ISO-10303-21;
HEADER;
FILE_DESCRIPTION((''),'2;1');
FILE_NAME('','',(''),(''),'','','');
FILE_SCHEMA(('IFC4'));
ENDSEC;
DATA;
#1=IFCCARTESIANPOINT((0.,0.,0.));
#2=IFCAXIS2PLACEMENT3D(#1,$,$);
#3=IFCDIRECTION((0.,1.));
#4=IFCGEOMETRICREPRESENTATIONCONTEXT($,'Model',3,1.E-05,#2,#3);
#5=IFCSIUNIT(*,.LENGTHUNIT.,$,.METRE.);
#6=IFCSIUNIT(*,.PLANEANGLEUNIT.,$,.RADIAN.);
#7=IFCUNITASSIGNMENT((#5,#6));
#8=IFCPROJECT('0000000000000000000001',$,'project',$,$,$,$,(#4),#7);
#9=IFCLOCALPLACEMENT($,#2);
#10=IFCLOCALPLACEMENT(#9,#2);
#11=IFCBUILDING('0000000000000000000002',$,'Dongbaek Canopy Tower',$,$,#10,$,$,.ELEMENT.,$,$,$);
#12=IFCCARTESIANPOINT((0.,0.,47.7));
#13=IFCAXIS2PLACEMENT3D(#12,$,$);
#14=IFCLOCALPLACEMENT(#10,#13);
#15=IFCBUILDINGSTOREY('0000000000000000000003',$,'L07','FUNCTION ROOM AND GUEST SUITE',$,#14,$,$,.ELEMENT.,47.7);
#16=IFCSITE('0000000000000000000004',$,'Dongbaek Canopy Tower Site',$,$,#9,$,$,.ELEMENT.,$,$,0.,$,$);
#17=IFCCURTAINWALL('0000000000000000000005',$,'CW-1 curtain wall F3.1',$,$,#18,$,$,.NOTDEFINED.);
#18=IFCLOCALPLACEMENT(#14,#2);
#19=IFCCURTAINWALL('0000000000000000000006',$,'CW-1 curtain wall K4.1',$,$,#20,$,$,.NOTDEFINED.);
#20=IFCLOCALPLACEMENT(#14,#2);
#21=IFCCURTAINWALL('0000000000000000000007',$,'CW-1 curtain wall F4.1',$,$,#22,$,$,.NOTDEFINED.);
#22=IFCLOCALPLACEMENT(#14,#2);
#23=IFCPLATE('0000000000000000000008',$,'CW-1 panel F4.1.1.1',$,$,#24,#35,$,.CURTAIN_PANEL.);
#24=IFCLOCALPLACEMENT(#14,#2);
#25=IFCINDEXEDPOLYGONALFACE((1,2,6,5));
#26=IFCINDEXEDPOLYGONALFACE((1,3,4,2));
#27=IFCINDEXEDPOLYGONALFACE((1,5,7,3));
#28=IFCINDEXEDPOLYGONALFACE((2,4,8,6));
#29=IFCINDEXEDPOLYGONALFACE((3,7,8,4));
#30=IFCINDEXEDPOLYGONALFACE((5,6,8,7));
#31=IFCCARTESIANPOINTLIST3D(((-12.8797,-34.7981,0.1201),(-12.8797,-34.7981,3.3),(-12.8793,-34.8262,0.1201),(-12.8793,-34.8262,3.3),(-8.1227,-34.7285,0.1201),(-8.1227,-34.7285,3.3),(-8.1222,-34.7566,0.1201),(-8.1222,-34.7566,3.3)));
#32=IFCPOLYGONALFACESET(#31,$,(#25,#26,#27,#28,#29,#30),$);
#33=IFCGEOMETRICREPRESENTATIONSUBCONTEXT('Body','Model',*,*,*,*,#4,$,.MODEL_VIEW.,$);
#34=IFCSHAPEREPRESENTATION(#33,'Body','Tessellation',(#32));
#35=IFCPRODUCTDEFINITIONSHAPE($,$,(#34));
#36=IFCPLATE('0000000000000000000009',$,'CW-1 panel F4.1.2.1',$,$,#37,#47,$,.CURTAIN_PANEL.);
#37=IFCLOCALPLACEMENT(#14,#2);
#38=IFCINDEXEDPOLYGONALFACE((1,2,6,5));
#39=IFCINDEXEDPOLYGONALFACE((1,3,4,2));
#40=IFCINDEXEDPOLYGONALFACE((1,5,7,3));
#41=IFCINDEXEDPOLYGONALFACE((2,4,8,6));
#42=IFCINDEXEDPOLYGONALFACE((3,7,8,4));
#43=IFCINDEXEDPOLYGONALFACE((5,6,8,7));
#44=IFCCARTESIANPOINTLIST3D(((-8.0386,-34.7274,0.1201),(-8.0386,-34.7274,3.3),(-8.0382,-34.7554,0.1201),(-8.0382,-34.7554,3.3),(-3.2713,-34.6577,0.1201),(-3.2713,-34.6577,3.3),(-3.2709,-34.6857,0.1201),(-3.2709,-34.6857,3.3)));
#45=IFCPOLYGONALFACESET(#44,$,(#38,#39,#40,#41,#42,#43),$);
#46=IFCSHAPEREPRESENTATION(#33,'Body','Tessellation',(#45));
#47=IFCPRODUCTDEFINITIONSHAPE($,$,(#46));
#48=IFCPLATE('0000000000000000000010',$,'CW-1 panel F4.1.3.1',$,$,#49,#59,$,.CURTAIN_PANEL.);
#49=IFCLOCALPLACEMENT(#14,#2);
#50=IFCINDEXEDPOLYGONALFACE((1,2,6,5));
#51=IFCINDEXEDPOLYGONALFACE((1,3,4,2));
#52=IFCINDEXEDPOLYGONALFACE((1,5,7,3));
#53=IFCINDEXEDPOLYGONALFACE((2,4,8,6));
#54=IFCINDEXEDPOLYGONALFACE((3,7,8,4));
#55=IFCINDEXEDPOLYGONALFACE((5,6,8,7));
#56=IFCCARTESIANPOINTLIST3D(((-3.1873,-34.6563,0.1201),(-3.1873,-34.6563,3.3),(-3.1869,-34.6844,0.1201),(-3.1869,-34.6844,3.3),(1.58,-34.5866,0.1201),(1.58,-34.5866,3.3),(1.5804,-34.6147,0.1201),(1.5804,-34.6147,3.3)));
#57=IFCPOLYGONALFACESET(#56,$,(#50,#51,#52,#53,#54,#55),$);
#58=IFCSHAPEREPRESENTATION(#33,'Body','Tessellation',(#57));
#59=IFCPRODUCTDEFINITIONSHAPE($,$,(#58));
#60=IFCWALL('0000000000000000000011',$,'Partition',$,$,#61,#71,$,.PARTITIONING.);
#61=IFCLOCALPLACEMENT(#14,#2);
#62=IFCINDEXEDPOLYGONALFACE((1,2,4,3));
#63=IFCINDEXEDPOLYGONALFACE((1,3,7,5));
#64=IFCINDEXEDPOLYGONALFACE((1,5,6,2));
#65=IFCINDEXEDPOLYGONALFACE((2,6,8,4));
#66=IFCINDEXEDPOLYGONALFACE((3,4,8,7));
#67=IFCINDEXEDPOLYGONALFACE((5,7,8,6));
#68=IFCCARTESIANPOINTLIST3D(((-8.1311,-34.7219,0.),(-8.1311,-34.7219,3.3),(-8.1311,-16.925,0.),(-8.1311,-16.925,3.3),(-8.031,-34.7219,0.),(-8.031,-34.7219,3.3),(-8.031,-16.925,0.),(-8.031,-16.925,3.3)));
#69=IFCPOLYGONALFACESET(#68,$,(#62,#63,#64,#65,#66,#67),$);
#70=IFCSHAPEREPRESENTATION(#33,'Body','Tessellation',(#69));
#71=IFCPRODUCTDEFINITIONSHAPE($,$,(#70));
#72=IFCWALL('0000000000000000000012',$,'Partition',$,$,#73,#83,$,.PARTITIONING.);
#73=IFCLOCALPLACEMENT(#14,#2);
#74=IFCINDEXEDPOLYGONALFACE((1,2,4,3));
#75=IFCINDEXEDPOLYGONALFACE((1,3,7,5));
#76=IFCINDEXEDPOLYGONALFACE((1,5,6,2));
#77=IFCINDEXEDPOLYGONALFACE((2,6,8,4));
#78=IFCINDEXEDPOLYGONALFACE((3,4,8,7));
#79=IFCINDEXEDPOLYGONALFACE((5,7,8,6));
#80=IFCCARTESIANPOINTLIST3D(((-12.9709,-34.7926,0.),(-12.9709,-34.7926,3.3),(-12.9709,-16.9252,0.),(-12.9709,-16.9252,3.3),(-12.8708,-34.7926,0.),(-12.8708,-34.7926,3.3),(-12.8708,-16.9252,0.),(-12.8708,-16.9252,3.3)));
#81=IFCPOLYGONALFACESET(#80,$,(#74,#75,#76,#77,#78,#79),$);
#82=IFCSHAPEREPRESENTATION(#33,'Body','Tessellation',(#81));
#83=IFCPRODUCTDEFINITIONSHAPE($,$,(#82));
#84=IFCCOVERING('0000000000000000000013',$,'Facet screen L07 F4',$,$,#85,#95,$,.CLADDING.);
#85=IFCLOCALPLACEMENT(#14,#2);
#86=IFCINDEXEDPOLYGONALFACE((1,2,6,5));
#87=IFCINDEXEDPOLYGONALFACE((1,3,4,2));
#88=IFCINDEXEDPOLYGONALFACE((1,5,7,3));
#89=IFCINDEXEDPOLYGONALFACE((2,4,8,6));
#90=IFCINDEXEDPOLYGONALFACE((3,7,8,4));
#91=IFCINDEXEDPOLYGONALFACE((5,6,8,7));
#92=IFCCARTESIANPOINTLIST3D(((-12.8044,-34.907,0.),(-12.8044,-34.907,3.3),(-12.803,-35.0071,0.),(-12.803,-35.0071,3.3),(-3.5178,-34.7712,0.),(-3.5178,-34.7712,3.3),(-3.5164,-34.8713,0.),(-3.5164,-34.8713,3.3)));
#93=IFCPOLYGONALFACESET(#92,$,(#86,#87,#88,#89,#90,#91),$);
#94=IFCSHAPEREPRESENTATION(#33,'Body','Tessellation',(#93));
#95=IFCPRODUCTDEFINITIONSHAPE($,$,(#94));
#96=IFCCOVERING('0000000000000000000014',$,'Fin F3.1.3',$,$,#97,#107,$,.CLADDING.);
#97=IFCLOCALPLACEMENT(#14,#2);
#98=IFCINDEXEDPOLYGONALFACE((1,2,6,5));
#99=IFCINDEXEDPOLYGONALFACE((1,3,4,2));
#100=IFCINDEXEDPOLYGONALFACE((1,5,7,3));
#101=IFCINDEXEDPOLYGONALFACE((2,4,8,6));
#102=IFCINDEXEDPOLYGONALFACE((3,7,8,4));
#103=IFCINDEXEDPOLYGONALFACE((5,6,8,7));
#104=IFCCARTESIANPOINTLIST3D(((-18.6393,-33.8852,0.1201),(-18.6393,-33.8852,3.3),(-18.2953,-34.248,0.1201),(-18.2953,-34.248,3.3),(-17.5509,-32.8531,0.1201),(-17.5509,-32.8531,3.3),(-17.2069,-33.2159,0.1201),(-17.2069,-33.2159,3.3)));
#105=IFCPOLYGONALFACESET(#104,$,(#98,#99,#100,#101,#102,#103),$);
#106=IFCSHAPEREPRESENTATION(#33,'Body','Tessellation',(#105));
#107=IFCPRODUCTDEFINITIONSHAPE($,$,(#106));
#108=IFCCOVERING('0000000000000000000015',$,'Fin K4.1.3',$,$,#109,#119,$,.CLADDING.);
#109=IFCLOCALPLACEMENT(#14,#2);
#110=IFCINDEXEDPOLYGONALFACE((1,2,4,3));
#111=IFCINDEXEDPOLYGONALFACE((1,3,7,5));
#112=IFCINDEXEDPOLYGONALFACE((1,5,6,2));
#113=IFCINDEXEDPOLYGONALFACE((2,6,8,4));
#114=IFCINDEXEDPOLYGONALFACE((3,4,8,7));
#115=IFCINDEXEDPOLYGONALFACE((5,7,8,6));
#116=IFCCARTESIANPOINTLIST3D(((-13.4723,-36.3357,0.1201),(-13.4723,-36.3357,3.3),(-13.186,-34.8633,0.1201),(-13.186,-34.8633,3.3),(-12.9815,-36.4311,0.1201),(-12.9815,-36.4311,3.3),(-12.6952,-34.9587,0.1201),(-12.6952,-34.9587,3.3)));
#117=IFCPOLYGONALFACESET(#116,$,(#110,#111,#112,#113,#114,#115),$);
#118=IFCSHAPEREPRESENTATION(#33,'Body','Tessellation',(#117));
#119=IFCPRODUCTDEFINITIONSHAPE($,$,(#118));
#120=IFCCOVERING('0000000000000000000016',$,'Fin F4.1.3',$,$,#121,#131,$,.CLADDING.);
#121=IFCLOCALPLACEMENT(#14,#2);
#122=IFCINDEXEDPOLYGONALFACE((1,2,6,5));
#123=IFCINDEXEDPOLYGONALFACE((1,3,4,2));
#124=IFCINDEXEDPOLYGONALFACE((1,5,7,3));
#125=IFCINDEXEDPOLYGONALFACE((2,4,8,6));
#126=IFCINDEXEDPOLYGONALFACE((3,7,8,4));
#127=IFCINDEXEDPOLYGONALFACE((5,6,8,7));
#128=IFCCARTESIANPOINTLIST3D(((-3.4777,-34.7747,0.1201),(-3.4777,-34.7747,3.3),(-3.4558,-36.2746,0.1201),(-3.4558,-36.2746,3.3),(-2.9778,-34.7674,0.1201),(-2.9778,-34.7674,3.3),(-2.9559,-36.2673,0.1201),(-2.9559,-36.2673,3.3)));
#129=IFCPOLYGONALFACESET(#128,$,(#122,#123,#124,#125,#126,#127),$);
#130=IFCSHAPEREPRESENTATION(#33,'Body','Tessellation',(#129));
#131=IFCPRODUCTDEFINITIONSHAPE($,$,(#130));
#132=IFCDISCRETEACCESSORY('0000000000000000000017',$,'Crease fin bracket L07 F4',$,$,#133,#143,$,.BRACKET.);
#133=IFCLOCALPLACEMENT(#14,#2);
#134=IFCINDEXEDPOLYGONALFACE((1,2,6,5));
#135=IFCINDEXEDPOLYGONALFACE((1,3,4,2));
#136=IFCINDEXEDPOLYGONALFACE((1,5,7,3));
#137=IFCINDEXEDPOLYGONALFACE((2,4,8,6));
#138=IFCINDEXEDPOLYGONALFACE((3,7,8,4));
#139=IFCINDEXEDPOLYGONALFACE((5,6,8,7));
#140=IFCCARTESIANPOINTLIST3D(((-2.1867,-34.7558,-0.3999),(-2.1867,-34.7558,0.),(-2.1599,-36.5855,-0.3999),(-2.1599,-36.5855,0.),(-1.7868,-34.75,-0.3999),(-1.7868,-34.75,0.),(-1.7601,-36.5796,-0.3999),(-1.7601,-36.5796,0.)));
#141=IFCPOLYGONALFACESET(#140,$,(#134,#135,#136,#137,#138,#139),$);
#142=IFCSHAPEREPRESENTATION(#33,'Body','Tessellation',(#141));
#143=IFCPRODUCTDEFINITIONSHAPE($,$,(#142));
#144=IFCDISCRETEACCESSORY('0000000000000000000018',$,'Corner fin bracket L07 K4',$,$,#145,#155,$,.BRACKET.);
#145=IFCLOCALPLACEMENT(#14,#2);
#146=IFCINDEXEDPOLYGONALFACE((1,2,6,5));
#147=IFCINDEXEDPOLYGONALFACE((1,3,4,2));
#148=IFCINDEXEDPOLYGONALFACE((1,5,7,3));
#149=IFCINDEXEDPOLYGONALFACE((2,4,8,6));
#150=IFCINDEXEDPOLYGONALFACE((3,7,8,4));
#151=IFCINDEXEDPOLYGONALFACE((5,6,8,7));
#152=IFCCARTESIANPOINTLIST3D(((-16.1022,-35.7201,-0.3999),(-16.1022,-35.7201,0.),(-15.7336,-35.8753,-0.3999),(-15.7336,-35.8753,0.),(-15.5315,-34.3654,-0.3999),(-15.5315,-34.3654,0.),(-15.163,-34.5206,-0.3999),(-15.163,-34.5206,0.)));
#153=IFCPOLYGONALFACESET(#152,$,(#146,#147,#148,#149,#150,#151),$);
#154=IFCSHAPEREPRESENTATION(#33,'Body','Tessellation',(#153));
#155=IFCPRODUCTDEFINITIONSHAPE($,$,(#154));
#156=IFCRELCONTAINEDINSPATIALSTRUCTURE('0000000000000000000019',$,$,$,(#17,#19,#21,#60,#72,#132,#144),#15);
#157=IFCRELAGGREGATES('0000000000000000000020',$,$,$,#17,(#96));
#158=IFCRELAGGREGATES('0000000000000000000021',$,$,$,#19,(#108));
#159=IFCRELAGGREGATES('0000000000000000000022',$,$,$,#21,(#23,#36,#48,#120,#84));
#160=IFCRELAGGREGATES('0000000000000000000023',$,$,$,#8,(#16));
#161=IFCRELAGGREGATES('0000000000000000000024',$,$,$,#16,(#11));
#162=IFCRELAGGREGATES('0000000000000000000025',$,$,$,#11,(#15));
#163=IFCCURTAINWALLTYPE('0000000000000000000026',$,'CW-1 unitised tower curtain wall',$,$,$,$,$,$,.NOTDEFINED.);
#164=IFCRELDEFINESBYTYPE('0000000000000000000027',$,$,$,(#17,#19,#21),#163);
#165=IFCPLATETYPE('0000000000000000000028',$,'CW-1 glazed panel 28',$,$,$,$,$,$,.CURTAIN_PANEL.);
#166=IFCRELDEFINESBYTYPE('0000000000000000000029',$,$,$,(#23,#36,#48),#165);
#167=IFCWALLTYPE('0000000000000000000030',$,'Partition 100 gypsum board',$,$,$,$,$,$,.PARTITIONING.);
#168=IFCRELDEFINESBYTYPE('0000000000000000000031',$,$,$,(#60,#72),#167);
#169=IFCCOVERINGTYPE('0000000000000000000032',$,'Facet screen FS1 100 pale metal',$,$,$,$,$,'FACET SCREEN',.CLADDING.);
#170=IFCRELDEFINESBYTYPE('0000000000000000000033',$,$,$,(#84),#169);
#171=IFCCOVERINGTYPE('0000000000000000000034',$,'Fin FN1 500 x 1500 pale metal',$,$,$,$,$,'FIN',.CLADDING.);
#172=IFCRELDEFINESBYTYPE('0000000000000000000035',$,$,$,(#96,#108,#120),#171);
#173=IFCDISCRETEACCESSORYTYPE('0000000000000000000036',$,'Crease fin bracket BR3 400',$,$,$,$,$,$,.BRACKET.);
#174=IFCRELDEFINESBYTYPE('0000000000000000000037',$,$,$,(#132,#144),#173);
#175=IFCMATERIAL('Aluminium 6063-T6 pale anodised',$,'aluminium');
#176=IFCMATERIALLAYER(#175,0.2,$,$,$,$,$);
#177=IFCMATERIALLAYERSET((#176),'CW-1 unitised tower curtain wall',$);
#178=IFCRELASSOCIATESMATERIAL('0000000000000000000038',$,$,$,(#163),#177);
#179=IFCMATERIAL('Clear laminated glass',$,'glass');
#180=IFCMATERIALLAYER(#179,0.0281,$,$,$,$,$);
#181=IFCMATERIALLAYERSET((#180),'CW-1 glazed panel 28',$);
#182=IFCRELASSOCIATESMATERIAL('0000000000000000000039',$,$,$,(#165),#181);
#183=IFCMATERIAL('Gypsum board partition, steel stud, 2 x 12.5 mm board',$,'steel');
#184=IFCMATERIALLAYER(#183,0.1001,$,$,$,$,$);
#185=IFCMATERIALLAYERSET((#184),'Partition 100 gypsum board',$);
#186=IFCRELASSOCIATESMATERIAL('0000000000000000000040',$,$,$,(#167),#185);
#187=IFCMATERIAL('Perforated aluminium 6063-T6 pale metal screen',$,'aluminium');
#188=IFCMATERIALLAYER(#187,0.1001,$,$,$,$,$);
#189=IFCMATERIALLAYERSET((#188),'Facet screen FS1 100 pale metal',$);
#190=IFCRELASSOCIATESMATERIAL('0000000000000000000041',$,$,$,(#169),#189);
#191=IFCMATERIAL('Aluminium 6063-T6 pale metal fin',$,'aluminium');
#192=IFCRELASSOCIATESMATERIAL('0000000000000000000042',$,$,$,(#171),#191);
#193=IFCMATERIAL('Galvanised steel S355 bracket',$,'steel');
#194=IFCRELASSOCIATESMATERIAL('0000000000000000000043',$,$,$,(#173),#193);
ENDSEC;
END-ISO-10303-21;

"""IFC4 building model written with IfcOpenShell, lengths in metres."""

from ifc_helpers import new_model, si_unit, direction, frame, frame_2d, origin, origin_2d, place, context, subcontext, project, spatial, rectangle, extrude, material, layer, layer_set, material_profile, profile_set, type_object, element, aggregate, save


model = new_model("IFC4")

# Units and contexts
model_context = context("Model", 3, precision=1e-05, world=origin(), true_north=direction((0.0, 1.0)))
body_context = subcontext(model_context, "Body", "Model", "MODEL_VIEW")
ifc_project = project(units=[si_unit("LENGTHUNIT", "METRE"), si_unit("PLANEANGLEUNIT", "RADIAN")], contexts=[model_context])

# Site, building, storey
site_placement = place(None, origin())
site = spatial("IfcSite", under=ifc_project, at=site_placement, Name="Dongbaek Canopy Tower Site", CompositionType="ELEMENT", RefElevation=0.0)
building_placement = place(site_placement, origin())
building = spatial("IfcBuilding", under=site, at=building_placement, Name="Dongbaek Canopy Tower", CompositionType="ELEMENT")
storey_placement = place(building_placement, frame((0.0, 0.0, 47.7)))
storey = spatial("IfcBuildingStorey", under=building, at=storey_placement, Name="L07", Description="FUNCTION ROOM AND GUEST SUITE", CompositionType="ELEMENT", Elevation=47.7)

# Curtain wall
ifc_material_1 = material(Name="Aluminium 6063-T6 pale anodised", Category="aluminium")
ifc_layer_1 = layer(ifc_material_1, 0.2)
ifc_layer_set_1 = layer_set([ifc_layer_1], Name="CW-1 unitised tower curtain wall")
curtain_wall_type = type_object("IfcCurtainWallType", Name="CW-1 unitised tower curtain wall", PredefinedType="NOTDEFINED", material=ifc_layer_set_1)
curtain_wall_1_placement = place(storey_placement, origin())
curtain_wall_1 = element("IfcCurtainWall", 1, at=curtain_wall_1_placement, inside=storey, type_object=curtain_wall_type, Name="CW-1 curtain wall F3.1", PredefinedType="NOTDEFINED")

# Curtain walls
curtain_wall_2_placement = place(storey_placement, origin())
curtain_wall_2 = element("IfcCurtainWall", 2, at=curtain_wall_2_placement, inside=storey, type_object=curtain_wall_type, Name="CW-1 curtain wall K4.1", PredefinedType="NOTDEFINED")
curtain_wall_3_placement = place(storey_placement, origin())
curtain_wall_3 = element("IfcCurtainWall", 3, at=curtain_wall_3_placement, inside=storey, type_object=curtain_wall_type, Name="CW-1 curtain wall F4.1", PredefinedType="NOTDEFINED")

# Plates
ifc_material_2 = material(Name="Clear laminated glass", Category="glass")
ifc_layer_2 = layer(ifc_material_2, 0.0281)
ifc_layer_set_2 = layer_set([ifc_layer_2], Name="CW-1 glazed panel 28")
plate_type = type_object("IfcPlateType", Name="CW-1 glazed panel 28", PredefinedType="CURTAIN_PANEL", material=ifc_layer_set_2)
plate_1_placement = place(storey_placement, frame((-10.501, -34.7773, 0.1201), z_axis=(0.0, 0.0, 1.0), x_axis=(0.999893, 0.014619, 0.0)))
plate_1 = element("IfcPlate", 4, at=plate_1_placement, type_object=plate_type, Name="CW-1 panel F4.1.1.1", PredefinedType="CURTAIN_PANEL", context=body_context, shape_type="SweptSolid", body=[
    extrude(rectangle(XDim=4.7576, YDim=0.0281, at=origin_2d()), origin(), (0.0, 0.0, 1.0), 3.1799),
])
plate_2_placement = place(storey_placement, frame((-5.6548, -34.7065, 0.1201), z_axis=(0.0, 0.0, 1.0), x_axis=(0.999893, 0.014619, 0.0)))
plate_2 = element("IfcPlate", 5, at=plate_2_placement, type_object=plate_type, Name="CW-1 panel F4.1.2.1", PredefinedType="CURTAIN_PANEL", context=body_context, shape_type="SweptSolid", body=[
    extrude(rectangle(XDim=4.7678, YDim=0.0281, at=origin_2d()), origin(), (0.0, 0.0, 1.0), 3.1799),
])
plate_3_placement = place(storey_placement, frame((-0.8035, -34.6355, 0.1201), z_axis=(0.0, 0.0, 1.0), x_axis=(0.999893, 0.014619, 0.0)))
plate_3 = element("IfcPlate", 6, at=plate_3_placement, type_object=plate_type, Name="CW-1 panel F4.1.3.1", PredefinedType="CURTAIN_PANEL", context=body_context, shape_type="SweptSolid", body=[
    extrude(rectangle(XDim=4.7678, YDim=0.0281, at=origin_2d()), origin(), (0.0, 0.0, 1.0), 3.1799),
])

# Walls
ifc_material_3 = material(Name="Gypsum board partition, steel stud, 2 x 12.5 mm board", Category="steel")
ifc_layer_3 = layer(ifc_material_3, 0.1001)
ifc_layer_set_3 = layer_set([ifc_layer_3], Name="Partition 100 gypsum board")
wall_type = type_object("IfcWallType", Name="Partition 100 gypsum board", PredefinedType="PARTITIONING", material=ifc_layer_set_3)
wall_1_placement = place(storey_placement, frame((-8.0811, -34.7219, 0.0), z_axis=(0.0, 0.0, 1.0), x_axis=(0.0, 1.0, 0.0)))
element("IfcWall", 7, at=wall_1_placement, inside=storey, type_object=wall_type, Name="Partition", PredefinedType="PARTITIONING", context=body_context, shape_type="SweptSolid", body=[
    extrude(rectangle(XDim=17.7969, YDim=0.1001, at=frame_2d((8.8984, 0.0))), origin(), (0.0, 0.0, 1.0), 3.3),
])
wall_2_placement = place(storey_placement, frame((-12.9209, -34.7925, 0.0), z_axis=(0.0, 0.0, 1.0), x_axis=(0.0, 1.0, 0.0)))
element("IfcWall", 8, at=wall_2_placement, inside=storey, type_object=wall_type, Name="Partition", PredefinedType="PARTITIONING", context=body_context, shape_type="SweptSolid", body=[
    extrude(rectangle(XDim=17.8674, YDim=0.1001, at=frame_2d((8.9336, 0.0))), origin(), (0.0, 0.0, 1.0), 3.3),
])

# Coverings
ifc_material_4 = material(Name="Perforated aluminium 6063-T6 pale metal screen", Category="aluminium")
ifc_layer_4 = layer(ifc_material_4, 0.1001)
ifc_layer_set_4 = layer_set([ifc_layer_4], Name="Facet screen FS1 100 pale metal")
covering_type_1 = type_object("IfcCoveringType", Name="Facet screen FS1 100 pale metal", ElementType="FACET SCREEN", PredefinedType="CLADDING", material=ifc_layer_set_4)
covering_1_placement = place(storey_placement, frame((-8.1604, -34.8892, 0.0), z_axis=(0.0, 0.0, 1.0), x_axis=(0.999893, 0.014618, 0.0)))
covering_1 = element("IfcCovering", 9, at=covering_1_placement, type_object=covering_type_1, Name="Facet screen L07 F4", PredefinedType="CLADDING", context=body_context, shape_type="SweptSolid", body=[
    extrude(rectangle(XDim=9.2876, YDim=0.1001, at=origin_2d()), origin(), (0.0, 0.0, 1.0), 3.3),
])
ifc_material_5 = material(Name="Aluminium 6063-T6 pale metal fin", Category="aluminium")
ifc_material_profile_1 = material_profile(ifc_material_5, rectangle(XDim=1.5, YDim=0.5, at=origin_2d()), Name="Fin FN1 500 x 1500 pale metal")
ifc_profile_set_1 = profile_set([ifc_material_profile_1], Name="Aluminium 6063-T6 pale metal fin")
covering_type_2 = type_object("IfcCoveringType", Name="Fin FN1 500 x 1500 pale metal", ElementType="FIN", PredefinedType="CLADDING", material=ifc_profile_set_1)
covering_2_placement = place(storey_placement, frame((-17.9231, -33.5505, 0.1201), z_axis=(0.0, 0.0, 1.0), x_axis=(-0.725627, -0.688089, 0.0)))
covering_2 = element("IfcCovering", 10, at=covering_2_placement, type_object=covering_type_2, Name="Fin F3.1.3", PredefinedType="CLADDING", context=body_context, shape_type="SweptSolid", body=[
    extrude(rectangle(XDim=1.5, YDim=0.5, at=origin_2d()), origin(), (0.0, 0.0, 1.0), 3.1799),
])
aggregate(curtain_wall_1, [covering_2])
covering_3_placement = place(storey_placement, frame((-13.0837, -35.6472, 0.1201), z_axis=(0.0, 0.0, 1.0), x_axis=(-0.190844, -0.98162, 0.0)))
covering_3 = element("IfcCovering", 11, at=covering_3_placement, type_object=covering_type_2, Name="Fin K4.1.3", PredefinedType="CLADDING", context=body_context, shape_type="SweptSolid", body=[
    extrude(rectangle(XDim=1.5, YDim=0.5, at=origin_2d()), origin(), (0.0, 0.0, 1.0), 3.1799),
])
aggregate(curtain_wall_2, [covering_3])
covering_4_placement = place(storey_placement, frame((-3.2168, -35.521, 0.1201), z_axis=(0.0, 0.0, 1.0), x_axis=(0.014619, -0.999893, 0.0)))
covering_4 = element("IfcCovering", 12, at=covering_4_placement, type_object=covering_type_2, Name="Fin F4.1.3", PredefinedType="CLADDING", context=body_context, shape_type="SweptSolid", body=[
    extrude(rectangle(XDim=1.5, YDim=0.5, at=origin_2d()), origin(), (0.0, 0.0, 1.0), 3.1799),
])
aggregate(curtain_wall_3, [plate_1, plate_2, plate_3, covering_4, covering_1])

# Discrete accessories
ifc_material_6 = material(Name="Galvanised steel S355 bracket", Category="steel")
discrete_accessory_type = type_object("IfcDiscreteAccessoryType", Name="Crease fin bracket BR3 400", PredefinedType="BRACKET", material=ifc_material_6)
discrete_accessory_1_placement = place(storey_placement, frame((-1.9734, -35.6677, -0.3999), z_axis=(0.0, 0.0, 1.0), x_axis=(0.014618, -0.999893, 0.0)))
element("IfcDiscreteAccessory", 13, at=discrete_accessory_1_placement, inside=storey, type_object=discrete_accessory_type, Name="Crease fin bracket L07 F4", PredefinedType="BRACKET", context=body_context, shape_type="SweptSolid", body=[
    extrude(rectangle(XDim=1.8298, YDim=0.3999, at=origin_2d()), origin(), (0.0, 0.0, 1.0), 0.3999),
])
discrete_accessory_2_placement = place(storey_placement, frame((-15.6326, -35.1204, -0.3999), z_axis=(0.0, 0.0, 1.0), x_axis=(-0.388186, -0.921581, 0.0)))
element("IfcDiscreteAccessory", 14, at=discrete_accessory_2_placement, inside=storey, type_object=discrete_accessory_type, Name="Corner fin bracket L07 K4", PredefinedType="BRACKET", context=body_context, shape_type="SweptSolid", body=[
    extrude(rectangle(XDim=1.47, YDim=0.3999, at=origin_2d()), origin(), (0.0, 0.0, 1.0), 0.3999),
])

save(model, "model.ifc")
